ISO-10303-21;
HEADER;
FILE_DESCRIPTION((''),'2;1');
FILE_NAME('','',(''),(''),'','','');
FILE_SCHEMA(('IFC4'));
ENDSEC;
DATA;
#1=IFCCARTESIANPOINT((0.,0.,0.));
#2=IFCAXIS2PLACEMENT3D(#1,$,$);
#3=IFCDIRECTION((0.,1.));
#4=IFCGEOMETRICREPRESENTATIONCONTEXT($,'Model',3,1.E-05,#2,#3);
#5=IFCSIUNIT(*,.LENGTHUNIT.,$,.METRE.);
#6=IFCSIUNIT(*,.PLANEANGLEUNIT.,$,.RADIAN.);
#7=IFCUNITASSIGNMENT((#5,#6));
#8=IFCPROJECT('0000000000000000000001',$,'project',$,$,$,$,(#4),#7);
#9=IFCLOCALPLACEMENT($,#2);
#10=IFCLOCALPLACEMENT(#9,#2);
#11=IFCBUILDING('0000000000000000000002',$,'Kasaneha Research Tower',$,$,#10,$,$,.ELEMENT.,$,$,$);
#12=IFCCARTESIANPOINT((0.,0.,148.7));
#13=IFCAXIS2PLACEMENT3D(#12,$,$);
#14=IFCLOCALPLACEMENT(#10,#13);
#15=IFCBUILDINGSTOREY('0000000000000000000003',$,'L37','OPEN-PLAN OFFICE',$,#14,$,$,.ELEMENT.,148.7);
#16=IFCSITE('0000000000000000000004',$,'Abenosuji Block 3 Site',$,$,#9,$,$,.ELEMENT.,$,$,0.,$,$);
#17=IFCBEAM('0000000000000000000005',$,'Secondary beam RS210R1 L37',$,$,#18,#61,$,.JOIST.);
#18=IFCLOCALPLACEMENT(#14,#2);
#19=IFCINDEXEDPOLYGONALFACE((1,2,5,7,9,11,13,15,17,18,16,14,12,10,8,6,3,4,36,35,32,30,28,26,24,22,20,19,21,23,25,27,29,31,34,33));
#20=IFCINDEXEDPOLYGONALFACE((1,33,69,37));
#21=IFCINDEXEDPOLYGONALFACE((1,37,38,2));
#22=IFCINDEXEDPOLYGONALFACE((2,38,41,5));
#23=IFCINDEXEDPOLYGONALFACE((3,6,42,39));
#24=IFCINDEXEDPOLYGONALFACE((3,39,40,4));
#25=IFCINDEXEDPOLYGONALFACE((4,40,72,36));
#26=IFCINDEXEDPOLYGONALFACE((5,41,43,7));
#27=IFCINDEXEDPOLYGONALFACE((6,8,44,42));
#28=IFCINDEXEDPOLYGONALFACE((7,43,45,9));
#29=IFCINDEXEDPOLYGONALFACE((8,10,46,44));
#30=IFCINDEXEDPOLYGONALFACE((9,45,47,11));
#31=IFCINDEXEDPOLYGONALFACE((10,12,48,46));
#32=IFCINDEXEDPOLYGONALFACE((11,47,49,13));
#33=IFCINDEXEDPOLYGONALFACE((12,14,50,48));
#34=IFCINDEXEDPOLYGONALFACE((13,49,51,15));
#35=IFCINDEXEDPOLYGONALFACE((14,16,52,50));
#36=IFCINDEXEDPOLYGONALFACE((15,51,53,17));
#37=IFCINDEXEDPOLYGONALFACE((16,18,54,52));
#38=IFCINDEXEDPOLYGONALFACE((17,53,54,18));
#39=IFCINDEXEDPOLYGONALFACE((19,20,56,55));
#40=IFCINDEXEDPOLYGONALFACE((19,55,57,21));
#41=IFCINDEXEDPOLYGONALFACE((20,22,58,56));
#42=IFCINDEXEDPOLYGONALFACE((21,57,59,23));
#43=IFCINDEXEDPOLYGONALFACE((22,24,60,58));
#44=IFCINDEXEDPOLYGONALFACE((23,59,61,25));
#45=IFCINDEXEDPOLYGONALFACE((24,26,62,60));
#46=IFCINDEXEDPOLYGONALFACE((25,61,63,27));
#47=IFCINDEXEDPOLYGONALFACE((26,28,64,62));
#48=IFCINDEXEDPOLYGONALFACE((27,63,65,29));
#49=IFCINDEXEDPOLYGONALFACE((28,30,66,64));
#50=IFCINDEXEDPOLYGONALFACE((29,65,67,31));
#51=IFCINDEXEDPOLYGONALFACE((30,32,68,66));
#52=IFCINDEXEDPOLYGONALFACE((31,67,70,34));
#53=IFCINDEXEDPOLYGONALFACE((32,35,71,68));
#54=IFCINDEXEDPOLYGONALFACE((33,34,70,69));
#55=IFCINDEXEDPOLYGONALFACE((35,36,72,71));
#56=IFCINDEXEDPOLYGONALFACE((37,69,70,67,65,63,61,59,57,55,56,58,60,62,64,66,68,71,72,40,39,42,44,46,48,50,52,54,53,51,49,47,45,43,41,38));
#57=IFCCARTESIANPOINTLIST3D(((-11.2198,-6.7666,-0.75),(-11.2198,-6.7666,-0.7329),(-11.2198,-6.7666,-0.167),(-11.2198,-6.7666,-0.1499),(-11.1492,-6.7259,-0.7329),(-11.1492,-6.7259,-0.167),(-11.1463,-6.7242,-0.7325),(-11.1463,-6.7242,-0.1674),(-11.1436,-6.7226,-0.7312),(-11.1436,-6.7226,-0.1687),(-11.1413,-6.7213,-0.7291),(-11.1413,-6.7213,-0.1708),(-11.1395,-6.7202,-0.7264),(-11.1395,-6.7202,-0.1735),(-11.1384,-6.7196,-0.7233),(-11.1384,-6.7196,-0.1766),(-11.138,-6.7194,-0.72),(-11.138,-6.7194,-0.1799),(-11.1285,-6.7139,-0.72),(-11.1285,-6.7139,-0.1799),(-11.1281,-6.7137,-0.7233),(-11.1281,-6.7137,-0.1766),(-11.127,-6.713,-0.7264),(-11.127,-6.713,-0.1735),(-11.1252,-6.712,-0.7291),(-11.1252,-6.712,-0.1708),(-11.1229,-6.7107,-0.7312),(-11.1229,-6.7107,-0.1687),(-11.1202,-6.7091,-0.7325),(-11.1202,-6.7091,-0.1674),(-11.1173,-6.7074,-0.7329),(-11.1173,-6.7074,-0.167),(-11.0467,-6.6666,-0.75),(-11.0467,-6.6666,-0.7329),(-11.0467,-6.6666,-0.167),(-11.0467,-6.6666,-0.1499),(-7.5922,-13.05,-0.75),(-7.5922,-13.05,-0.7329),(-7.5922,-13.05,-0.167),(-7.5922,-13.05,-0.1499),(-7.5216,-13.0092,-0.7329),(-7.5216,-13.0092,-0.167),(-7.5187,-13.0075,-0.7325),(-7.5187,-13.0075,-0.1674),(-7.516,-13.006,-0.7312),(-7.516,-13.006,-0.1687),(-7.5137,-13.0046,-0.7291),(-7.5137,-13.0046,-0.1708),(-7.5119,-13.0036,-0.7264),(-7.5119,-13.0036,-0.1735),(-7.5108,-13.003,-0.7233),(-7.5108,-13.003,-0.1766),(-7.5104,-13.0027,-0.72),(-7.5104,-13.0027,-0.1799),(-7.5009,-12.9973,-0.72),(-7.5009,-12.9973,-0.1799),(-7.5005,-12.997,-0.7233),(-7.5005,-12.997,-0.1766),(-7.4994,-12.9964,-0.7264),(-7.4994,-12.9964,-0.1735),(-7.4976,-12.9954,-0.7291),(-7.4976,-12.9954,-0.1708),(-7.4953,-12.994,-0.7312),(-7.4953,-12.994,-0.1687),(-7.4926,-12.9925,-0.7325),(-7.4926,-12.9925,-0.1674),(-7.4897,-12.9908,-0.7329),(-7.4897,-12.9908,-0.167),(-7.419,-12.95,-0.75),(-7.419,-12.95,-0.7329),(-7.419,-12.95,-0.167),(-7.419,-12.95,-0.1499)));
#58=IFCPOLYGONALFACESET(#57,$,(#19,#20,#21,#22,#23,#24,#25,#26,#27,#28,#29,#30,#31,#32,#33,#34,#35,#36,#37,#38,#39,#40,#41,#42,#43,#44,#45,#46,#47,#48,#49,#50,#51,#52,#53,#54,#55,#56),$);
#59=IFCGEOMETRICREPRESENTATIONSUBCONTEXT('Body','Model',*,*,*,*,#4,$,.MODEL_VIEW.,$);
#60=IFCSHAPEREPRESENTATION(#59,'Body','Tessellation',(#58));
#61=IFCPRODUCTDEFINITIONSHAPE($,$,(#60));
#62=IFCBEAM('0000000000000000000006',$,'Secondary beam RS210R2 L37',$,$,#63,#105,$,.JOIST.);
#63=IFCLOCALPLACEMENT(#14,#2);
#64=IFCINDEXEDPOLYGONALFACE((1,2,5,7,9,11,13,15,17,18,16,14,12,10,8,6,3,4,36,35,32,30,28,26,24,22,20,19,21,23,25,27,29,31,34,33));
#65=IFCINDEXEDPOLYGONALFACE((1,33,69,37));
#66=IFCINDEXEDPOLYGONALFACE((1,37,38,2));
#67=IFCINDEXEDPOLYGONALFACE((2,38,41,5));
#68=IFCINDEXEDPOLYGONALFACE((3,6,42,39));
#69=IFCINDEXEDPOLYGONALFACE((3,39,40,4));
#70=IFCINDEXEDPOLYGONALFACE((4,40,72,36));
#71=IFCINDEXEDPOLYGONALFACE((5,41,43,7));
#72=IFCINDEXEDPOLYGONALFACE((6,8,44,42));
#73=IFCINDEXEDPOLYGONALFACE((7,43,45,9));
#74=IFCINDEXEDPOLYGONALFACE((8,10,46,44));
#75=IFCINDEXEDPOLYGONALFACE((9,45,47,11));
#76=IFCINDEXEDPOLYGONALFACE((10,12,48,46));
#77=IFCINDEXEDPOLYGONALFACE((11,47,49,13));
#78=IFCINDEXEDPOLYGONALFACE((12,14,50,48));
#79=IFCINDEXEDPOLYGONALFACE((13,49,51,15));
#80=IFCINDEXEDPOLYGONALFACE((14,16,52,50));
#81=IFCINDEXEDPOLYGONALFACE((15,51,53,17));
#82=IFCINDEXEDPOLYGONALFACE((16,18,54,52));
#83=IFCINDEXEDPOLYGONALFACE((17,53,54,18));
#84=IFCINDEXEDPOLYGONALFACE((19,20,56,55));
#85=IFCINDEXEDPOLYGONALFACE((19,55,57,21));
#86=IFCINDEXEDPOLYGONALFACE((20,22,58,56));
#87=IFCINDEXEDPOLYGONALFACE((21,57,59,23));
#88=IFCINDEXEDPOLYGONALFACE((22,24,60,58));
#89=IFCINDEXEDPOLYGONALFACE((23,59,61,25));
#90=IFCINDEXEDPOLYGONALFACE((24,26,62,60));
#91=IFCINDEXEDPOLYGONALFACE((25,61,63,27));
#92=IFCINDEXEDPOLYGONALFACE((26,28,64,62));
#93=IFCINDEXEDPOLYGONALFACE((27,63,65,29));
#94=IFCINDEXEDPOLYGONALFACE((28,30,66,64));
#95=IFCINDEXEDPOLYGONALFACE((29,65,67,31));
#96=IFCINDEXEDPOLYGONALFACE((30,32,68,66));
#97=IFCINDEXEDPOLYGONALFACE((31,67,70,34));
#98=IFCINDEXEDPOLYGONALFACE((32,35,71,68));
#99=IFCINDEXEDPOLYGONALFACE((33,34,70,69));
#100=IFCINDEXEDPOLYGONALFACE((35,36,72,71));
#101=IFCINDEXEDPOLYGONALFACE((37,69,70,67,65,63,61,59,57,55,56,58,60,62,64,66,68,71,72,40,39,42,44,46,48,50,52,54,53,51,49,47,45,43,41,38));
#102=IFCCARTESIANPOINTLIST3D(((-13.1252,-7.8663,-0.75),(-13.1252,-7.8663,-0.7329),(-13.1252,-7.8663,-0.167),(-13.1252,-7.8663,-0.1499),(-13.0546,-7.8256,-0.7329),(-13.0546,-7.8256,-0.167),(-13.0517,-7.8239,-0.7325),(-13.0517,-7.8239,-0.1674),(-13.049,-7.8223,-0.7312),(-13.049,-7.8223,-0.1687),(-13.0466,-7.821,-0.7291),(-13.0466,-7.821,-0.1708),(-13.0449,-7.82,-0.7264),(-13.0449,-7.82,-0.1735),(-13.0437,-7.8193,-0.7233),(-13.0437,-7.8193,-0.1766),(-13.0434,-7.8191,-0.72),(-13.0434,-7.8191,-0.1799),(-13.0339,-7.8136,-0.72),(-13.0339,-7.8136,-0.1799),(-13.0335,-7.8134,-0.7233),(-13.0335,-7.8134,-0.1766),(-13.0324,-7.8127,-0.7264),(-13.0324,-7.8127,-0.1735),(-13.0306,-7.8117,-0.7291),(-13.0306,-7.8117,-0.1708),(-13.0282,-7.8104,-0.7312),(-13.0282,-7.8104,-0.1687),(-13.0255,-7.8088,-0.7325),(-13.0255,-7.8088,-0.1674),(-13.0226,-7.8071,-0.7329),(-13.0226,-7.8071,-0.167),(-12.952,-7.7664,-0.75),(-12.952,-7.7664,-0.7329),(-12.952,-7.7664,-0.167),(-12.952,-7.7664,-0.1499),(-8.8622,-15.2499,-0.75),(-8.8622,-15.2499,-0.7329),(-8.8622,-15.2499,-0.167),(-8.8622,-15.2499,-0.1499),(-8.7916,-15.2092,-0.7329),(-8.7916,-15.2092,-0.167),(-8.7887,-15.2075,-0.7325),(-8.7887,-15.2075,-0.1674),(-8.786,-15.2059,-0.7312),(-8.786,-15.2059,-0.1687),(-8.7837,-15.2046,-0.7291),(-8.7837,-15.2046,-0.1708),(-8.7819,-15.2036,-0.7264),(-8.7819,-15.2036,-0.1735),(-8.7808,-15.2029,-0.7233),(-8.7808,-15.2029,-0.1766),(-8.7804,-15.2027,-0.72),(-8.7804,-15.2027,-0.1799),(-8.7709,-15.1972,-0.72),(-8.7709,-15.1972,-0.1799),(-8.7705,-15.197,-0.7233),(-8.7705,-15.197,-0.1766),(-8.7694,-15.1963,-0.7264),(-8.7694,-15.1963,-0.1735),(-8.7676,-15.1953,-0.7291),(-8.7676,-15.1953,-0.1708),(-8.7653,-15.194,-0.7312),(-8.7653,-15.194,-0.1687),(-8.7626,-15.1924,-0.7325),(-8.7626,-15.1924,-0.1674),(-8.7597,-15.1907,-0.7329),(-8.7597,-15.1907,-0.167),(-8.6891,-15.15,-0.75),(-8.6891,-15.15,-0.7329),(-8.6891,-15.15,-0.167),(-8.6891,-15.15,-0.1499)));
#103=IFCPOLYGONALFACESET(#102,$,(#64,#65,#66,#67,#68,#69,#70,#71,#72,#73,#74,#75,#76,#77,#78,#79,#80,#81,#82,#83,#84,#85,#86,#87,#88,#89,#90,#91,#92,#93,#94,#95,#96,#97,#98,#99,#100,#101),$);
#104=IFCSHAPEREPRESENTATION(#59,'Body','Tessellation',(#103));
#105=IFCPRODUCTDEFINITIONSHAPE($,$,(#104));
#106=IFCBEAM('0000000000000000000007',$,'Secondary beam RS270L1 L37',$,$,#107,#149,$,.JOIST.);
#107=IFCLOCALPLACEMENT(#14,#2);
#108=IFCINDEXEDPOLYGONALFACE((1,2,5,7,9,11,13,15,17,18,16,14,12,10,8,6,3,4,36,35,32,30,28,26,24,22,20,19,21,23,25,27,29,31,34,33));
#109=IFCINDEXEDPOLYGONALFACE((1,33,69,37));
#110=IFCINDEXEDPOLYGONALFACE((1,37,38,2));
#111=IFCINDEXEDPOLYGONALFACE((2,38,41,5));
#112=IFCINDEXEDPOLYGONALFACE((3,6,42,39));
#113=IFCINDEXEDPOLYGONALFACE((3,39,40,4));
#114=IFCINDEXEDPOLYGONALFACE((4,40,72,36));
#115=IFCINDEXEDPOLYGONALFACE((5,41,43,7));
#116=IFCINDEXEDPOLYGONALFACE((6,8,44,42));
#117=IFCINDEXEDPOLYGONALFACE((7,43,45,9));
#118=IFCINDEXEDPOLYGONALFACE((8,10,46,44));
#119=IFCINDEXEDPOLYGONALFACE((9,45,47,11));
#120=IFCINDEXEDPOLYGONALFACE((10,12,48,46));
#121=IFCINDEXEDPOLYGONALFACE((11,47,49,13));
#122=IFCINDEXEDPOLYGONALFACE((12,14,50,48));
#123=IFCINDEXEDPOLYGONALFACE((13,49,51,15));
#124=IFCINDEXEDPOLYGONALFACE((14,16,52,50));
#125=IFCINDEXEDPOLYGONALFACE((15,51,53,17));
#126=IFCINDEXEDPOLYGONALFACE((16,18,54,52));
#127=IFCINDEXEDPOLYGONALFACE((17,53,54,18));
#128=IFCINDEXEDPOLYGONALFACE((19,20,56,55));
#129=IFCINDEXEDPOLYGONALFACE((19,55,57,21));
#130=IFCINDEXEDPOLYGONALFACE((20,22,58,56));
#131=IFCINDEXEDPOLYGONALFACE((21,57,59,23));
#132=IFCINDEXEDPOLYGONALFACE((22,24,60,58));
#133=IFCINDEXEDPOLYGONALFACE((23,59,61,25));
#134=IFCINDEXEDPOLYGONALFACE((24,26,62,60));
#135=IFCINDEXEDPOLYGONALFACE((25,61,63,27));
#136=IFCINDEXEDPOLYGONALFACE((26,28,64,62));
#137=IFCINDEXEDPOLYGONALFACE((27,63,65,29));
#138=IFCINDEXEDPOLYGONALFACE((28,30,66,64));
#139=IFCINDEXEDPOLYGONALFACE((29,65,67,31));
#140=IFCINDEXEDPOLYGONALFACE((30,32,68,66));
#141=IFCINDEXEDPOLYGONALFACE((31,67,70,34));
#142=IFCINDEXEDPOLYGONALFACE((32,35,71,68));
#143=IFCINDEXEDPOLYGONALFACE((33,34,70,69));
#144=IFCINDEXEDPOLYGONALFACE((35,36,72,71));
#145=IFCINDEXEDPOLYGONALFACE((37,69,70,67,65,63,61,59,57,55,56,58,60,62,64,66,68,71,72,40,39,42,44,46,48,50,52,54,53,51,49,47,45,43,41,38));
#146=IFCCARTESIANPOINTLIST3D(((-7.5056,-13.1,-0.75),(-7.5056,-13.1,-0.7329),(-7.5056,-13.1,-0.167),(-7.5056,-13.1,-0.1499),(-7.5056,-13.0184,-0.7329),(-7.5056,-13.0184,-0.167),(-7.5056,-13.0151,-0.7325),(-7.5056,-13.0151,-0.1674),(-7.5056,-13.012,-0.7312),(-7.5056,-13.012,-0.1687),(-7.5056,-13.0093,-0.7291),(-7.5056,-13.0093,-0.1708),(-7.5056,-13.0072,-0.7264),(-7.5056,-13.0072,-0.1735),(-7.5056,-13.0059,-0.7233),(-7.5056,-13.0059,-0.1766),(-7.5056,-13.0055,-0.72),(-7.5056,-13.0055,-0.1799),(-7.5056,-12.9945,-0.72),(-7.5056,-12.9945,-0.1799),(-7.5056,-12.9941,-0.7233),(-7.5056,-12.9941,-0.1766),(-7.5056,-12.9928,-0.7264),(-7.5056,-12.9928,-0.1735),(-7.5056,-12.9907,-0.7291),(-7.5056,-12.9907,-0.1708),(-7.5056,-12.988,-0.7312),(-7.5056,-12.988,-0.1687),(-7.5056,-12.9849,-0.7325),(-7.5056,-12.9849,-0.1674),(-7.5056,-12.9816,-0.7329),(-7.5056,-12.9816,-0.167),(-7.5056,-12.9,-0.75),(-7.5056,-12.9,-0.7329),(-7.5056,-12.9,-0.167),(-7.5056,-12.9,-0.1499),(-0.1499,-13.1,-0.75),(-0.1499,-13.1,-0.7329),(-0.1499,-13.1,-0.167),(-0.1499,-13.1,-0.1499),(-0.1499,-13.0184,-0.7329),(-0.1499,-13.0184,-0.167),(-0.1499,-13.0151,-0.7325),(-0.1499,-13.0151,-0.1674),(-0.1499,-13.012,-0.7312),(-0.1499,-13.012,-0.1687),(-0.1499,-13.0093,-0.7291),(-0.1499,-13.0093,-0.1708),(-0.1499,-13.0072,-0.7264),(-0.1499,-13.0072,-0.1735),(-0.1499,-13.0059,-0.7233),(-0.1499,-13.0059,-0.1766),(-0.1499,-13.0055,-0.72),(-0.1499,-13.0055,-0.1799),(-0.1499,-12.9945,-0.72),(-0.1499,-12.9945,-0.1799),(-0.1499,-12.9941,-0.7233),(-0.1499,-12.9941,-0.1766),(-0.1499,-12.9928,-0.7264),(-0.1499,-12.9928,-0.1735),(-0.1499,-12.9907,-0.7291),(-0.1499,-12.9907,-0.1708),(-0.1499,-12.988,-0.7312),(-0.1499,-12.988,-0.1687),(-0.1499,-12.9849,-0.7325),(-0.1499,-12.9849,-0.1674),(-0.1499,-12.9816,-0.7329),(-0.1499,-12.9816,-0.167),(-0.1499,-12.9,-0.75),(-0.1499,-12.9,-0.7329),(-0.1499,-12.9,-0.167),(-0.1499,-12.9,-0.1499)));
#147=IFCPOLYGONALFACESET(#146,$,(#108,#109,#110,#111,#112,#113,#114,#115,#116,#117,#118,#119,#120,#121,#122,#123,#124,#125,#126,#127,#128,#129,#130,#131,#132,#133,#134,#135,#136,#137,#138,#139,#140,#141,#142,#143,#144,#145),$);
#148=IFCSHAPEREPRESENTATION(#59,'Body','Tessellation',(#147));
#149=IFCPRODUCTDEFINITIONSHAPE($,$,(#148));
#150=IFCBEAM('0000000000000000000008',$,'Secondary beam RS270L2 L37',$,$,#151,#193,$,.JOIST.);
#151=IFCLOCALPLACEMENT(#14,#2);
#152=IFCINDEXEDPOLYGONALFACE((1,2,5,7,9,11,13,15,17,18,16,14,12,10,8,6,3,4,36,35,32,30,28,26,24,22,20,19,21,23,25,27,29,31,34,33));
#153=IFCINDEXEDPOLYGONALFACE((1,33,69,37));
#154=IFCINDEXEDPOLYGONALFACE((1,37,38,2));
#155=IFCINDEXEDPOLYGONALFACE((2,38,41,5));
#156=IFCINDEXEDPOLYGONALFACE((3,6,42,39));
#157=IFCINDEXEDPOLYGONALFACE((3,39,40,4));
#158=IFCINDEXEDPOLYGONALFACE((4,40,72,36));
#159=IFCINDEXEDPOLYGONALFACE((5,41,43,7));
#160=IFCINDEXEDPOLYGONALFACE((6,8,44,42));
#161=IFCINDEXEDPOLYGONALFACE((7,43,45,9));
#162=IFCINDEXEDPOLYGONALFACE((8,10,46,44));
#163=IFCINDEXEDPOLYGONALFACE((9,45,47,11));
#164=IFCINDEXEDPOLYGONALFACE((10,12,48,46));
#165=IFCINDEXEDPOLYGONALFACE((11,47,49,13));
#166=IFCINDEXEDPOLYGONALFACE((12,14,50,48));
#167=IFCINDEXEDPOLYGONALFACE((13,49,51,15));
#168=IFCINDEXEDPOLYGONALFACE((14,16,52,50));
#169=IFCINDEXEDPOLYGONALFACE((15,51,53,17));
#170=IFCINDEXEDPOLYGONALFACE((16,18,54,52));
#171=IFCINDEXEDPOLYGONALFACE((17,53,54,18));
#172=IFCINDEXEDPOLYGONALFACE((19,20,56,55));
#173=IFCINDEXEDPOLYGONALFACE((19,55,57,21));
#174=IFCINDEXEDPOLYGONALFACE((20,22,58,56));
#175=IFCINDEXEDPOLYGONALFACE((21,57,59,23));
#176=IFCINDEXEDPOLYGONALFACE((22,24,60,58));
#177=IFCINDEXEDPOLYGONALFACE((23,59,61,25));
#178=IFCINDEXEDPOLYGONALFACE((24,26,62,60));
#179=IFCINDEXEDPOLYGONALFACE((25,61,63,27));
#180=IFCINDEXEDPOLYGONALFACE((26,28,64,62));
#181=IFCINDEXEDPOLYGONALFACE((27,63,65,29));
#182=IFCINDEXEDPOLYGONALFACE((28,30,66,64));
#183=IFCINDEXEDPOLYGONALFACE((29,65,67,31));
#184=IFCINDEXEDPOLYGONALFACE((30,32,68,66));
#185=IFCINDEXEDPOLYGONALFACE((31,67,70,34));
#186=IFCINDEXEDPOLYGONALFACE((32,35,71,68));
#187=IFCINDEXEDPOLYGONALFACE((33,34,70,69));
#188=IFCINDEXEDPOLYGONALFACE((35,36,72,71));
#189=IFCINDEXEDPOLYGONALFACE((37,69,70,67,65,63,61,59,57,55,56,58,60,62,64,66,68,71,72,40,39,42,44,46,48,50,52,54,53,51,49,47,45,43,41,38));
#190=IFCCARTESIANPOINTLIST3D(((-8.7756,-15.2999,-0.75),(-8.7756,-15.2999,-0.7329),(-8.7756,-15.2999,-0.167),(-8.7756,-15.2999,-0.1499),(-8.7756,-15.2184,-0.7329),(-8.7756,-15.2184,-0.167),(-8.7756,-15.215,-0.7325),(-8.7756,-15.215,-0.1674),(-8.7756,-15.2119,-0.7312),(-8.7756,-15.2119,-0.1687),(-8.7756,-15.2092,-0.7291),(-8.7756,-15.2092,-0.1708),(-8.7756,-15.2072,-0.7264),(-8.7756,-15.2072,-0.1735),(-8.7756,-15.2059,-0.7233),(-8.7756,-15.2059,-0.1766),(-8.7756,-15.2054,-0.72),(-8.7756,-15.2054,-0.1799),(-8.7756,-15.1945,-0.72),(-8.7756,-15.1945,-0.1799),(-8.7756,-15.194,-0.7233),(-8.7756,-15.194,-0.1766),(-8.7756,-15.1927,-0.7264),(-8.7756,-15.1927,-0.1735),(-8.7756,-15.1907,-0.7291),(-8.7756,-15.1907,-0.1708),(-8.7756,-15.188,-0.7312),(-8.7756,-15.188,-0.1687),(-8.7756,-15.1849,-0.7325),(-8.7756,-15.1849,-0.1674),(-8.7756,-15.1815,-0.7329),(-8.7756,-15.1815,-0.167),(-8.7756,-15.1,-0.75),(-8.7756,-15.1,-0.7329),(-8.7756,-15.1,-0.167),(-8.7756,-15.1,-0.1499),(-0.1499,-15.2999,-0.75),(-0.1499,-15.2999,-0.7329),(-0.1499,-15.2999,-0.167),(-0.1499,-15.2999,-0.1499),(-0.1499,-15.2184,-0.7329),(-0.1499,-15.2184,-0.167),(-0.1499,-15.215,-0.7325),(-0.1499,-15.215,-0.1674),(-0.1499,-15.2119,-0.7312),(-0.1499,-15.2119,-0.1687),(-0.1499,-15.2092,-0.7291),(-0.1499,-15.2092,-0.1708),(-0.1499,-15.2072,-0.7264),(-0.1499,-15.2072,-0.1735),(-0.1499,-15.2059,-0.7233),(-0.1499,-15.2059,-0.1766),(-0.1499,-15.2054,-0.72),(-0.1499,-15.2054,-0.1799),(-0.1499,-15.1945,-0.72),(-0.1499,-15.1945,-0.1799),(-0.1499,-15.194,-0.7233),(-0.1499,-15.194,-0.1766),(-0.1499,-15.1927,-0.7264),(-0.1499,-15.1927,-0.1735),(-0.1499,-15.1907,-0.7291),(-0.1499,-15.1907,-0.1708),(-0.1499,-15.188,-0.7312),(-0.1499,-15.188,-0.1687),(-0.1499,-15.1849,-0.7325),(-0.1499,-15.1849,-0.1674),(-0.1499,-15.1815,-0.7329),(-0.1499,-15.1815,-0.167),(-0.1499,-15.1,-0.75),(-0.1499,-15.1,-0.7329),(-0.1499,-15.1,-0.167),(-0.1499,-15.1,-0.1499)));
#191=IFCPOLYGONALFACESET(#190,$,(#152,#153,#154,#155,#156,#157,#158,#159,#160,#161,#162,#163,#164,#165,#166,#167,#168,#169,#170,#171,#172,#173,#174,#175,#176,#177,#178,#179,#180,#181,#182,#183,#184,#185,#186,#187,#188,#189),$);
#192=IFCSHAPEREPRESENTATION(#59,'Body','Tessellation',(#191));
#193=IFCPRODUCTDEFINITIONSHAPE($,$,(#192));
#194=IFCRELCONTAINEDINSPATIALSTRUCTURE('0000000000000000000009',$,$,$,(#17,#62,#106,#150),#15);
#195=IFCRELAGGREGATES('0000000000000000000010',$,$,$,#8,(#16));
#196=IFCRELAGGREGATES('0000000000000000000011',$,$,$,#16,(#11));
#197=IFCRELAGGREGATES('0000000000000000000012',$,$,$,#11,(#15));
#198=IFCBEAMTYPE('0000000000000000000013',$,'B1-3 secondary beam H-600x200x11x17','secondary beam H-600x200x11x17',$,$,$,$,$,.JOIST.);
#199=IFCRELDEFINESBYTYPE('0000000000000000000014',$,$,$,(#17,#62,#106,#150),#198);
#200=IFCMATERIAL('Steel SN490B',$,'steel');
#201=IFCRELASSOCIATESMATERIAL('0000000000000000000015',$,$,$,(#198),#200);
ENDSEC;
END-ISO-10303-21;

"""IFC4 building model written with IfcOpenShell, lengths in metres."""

from ifc_helpers import new_model, si_unit, direction, frame, origin, origin_2d, place, context, subcontext, project, spatial, i_section, extrude, material, material_profile, profile_set, type_object, element, save


model = new_model("IFC4")

# Units and contexts
model_context = context("Model", 3, precision=1e-05, world=origin(), true_north=direction((0.0, 1.0)))
body_context = subcontext(model_context, "Body", "Model", "MODEL_VIEW")
ifc_project = project(units=[si_unit("LENGTHUNIT", "METRE"), si_unit("PLANEANGLEUNIT", "RADIAN")], contexts=[model_context])

# Site, building, storey
site_placement = place(None, origin())
site = spatial("IfcSite", under=ifc_project, at=site_placement, Name="Abenosuji Block 3 Site", CompositionType="ELEMENT", RefElevation=0.0)
building_placement = place(site_placement, origin())
building = spatial("IfcBuilding", under=site, at=building_placement, Name="Kasaneha Research Tower", CompositionType="ELEMENT")
storey_placement = place(building_placement, frame((0.0, 0.0, 148.7)))
storey = spatial("IfcBuildingStorey", under=building, at=storey_placement, Name="L37", Description="OPEN-PLAN OFFICE", CompositionType="ELEMENT", Elevation=148.7)

# Beams
ifc_material_1 = material(Name="Steel SN490B", Category="steel")
ifc_material_profile_1 = material_profile(ifc_material_1, i_section(OverallWidth=0.2, OverallDepth=0.6001, WebThickness=0.011, FlangeThickness=0.0171, FilletRadius=0.0129, at=origin_2d()), Name="H-600x200x11x17")
ifc_profile_set_1 = profile_set([ifc_material_profile_1], Name="Steel SN490B")
beam_type_1 = type_object("IfcBeamType", Name="B1-3 secondary beam H-600x200x11x17", Description="secondary beam H-600x200x11x17", PredefinedType="JOIST", material=ifc_profile_set_1)
beam_1_placement = place(storey_placement, frame((-7.5056, -13.0, -0.45), z_axis=(-0.499993, 0.866029, 0.0), x_axis=(-0.866029, -0.499993, 0.0)))
element("IfcBeam", 1, at=beam_1_placement, inside=storey, type_object=beam_type_1, Name="Secondary beam RS210R1 L37", PredefinedType="JOIST", context=body_context, shape_type="SweptSolid", body=[
    extrude(i_section(OverallWidth=0.2, OverallDepth=0.6001, WebThickness=0.011, FlangeThickness=0.0171, FilletRadius=0.0129, at=origin_2d()), origin(), (0.0, 0.0, 1.0), 7.2554),
])
beam_2_placement = place(storey_placement, frame((-8.7756, -15.2, -0.45), z_axis=(-0.500004, 0.866023, 0.0), x_axis=(-0.866023, -0.500004, 0.0)))
element("IfcBeam", 2, at=beam_2_placement, inside=storey, type_object=beam_type_1, Name="Secondary beam RS210R2 L37", PredefinedType="JOIST", context=body_context, shape_type="SweptSolid", body=[
    extrude(i_section(OverallWidth=0.2, OverallDepth=0.6001, WebThickness=0.011, FlangeThickness=0.0171, FilletRadius=0.0129, at=origin_2d()), origin(), (0.0, 0.0, 1.0), 8.5259),
])
beam_3_placement = place(storey_placement, frame((-7.5056, -13.0, -0.45), z_axis=(1.0, 0.0, 0.0), x_axis=(0.0, 1.0, 0.0)))
element("IfcBeam", 3, at=beam_3_placement, inside=storey, type_object=beam_type_1, Name="Secondary beam RS270L1 L37", PredefinedType="JOIST", context=body_context, shape_type="SweptSolid", body=[
    extrude(i_section(OverallWidth=0.2, OverallDepth=0.6001, WebThickness=0.011, FlangeThickness=0.0171, FilletRadius=0.0129, at=origin_2d()), origin(), (0.0, 0.0, 1.0), 7.3557),
])
beam_4_placement = place(storey_placement, frame((-8.7756, -15.2, -0.45), z_axis=(1.0, 0.0, 0.0), x_axis=(0.0, 1.0, 0.0)))
element("IfcBeam", 4, at=beam_4_placement, inside=storey, type_object=beam_type_1, Name="Secondary beam RS270L2 L37", PredefinedType="JOIST", context=body_context, shape_type="SweptSolid", body=[
    extrude(i_section(OverallWidth=0.2, OverallDepth=0.6001, WebThickness=0.011, FlangeThickness=0.0171, FilletRadius=0.0129, at=origin_2d()), origin(), (0.0, 0.0, 1.0), 8.6257),
])

save(model, "model.ifc")
